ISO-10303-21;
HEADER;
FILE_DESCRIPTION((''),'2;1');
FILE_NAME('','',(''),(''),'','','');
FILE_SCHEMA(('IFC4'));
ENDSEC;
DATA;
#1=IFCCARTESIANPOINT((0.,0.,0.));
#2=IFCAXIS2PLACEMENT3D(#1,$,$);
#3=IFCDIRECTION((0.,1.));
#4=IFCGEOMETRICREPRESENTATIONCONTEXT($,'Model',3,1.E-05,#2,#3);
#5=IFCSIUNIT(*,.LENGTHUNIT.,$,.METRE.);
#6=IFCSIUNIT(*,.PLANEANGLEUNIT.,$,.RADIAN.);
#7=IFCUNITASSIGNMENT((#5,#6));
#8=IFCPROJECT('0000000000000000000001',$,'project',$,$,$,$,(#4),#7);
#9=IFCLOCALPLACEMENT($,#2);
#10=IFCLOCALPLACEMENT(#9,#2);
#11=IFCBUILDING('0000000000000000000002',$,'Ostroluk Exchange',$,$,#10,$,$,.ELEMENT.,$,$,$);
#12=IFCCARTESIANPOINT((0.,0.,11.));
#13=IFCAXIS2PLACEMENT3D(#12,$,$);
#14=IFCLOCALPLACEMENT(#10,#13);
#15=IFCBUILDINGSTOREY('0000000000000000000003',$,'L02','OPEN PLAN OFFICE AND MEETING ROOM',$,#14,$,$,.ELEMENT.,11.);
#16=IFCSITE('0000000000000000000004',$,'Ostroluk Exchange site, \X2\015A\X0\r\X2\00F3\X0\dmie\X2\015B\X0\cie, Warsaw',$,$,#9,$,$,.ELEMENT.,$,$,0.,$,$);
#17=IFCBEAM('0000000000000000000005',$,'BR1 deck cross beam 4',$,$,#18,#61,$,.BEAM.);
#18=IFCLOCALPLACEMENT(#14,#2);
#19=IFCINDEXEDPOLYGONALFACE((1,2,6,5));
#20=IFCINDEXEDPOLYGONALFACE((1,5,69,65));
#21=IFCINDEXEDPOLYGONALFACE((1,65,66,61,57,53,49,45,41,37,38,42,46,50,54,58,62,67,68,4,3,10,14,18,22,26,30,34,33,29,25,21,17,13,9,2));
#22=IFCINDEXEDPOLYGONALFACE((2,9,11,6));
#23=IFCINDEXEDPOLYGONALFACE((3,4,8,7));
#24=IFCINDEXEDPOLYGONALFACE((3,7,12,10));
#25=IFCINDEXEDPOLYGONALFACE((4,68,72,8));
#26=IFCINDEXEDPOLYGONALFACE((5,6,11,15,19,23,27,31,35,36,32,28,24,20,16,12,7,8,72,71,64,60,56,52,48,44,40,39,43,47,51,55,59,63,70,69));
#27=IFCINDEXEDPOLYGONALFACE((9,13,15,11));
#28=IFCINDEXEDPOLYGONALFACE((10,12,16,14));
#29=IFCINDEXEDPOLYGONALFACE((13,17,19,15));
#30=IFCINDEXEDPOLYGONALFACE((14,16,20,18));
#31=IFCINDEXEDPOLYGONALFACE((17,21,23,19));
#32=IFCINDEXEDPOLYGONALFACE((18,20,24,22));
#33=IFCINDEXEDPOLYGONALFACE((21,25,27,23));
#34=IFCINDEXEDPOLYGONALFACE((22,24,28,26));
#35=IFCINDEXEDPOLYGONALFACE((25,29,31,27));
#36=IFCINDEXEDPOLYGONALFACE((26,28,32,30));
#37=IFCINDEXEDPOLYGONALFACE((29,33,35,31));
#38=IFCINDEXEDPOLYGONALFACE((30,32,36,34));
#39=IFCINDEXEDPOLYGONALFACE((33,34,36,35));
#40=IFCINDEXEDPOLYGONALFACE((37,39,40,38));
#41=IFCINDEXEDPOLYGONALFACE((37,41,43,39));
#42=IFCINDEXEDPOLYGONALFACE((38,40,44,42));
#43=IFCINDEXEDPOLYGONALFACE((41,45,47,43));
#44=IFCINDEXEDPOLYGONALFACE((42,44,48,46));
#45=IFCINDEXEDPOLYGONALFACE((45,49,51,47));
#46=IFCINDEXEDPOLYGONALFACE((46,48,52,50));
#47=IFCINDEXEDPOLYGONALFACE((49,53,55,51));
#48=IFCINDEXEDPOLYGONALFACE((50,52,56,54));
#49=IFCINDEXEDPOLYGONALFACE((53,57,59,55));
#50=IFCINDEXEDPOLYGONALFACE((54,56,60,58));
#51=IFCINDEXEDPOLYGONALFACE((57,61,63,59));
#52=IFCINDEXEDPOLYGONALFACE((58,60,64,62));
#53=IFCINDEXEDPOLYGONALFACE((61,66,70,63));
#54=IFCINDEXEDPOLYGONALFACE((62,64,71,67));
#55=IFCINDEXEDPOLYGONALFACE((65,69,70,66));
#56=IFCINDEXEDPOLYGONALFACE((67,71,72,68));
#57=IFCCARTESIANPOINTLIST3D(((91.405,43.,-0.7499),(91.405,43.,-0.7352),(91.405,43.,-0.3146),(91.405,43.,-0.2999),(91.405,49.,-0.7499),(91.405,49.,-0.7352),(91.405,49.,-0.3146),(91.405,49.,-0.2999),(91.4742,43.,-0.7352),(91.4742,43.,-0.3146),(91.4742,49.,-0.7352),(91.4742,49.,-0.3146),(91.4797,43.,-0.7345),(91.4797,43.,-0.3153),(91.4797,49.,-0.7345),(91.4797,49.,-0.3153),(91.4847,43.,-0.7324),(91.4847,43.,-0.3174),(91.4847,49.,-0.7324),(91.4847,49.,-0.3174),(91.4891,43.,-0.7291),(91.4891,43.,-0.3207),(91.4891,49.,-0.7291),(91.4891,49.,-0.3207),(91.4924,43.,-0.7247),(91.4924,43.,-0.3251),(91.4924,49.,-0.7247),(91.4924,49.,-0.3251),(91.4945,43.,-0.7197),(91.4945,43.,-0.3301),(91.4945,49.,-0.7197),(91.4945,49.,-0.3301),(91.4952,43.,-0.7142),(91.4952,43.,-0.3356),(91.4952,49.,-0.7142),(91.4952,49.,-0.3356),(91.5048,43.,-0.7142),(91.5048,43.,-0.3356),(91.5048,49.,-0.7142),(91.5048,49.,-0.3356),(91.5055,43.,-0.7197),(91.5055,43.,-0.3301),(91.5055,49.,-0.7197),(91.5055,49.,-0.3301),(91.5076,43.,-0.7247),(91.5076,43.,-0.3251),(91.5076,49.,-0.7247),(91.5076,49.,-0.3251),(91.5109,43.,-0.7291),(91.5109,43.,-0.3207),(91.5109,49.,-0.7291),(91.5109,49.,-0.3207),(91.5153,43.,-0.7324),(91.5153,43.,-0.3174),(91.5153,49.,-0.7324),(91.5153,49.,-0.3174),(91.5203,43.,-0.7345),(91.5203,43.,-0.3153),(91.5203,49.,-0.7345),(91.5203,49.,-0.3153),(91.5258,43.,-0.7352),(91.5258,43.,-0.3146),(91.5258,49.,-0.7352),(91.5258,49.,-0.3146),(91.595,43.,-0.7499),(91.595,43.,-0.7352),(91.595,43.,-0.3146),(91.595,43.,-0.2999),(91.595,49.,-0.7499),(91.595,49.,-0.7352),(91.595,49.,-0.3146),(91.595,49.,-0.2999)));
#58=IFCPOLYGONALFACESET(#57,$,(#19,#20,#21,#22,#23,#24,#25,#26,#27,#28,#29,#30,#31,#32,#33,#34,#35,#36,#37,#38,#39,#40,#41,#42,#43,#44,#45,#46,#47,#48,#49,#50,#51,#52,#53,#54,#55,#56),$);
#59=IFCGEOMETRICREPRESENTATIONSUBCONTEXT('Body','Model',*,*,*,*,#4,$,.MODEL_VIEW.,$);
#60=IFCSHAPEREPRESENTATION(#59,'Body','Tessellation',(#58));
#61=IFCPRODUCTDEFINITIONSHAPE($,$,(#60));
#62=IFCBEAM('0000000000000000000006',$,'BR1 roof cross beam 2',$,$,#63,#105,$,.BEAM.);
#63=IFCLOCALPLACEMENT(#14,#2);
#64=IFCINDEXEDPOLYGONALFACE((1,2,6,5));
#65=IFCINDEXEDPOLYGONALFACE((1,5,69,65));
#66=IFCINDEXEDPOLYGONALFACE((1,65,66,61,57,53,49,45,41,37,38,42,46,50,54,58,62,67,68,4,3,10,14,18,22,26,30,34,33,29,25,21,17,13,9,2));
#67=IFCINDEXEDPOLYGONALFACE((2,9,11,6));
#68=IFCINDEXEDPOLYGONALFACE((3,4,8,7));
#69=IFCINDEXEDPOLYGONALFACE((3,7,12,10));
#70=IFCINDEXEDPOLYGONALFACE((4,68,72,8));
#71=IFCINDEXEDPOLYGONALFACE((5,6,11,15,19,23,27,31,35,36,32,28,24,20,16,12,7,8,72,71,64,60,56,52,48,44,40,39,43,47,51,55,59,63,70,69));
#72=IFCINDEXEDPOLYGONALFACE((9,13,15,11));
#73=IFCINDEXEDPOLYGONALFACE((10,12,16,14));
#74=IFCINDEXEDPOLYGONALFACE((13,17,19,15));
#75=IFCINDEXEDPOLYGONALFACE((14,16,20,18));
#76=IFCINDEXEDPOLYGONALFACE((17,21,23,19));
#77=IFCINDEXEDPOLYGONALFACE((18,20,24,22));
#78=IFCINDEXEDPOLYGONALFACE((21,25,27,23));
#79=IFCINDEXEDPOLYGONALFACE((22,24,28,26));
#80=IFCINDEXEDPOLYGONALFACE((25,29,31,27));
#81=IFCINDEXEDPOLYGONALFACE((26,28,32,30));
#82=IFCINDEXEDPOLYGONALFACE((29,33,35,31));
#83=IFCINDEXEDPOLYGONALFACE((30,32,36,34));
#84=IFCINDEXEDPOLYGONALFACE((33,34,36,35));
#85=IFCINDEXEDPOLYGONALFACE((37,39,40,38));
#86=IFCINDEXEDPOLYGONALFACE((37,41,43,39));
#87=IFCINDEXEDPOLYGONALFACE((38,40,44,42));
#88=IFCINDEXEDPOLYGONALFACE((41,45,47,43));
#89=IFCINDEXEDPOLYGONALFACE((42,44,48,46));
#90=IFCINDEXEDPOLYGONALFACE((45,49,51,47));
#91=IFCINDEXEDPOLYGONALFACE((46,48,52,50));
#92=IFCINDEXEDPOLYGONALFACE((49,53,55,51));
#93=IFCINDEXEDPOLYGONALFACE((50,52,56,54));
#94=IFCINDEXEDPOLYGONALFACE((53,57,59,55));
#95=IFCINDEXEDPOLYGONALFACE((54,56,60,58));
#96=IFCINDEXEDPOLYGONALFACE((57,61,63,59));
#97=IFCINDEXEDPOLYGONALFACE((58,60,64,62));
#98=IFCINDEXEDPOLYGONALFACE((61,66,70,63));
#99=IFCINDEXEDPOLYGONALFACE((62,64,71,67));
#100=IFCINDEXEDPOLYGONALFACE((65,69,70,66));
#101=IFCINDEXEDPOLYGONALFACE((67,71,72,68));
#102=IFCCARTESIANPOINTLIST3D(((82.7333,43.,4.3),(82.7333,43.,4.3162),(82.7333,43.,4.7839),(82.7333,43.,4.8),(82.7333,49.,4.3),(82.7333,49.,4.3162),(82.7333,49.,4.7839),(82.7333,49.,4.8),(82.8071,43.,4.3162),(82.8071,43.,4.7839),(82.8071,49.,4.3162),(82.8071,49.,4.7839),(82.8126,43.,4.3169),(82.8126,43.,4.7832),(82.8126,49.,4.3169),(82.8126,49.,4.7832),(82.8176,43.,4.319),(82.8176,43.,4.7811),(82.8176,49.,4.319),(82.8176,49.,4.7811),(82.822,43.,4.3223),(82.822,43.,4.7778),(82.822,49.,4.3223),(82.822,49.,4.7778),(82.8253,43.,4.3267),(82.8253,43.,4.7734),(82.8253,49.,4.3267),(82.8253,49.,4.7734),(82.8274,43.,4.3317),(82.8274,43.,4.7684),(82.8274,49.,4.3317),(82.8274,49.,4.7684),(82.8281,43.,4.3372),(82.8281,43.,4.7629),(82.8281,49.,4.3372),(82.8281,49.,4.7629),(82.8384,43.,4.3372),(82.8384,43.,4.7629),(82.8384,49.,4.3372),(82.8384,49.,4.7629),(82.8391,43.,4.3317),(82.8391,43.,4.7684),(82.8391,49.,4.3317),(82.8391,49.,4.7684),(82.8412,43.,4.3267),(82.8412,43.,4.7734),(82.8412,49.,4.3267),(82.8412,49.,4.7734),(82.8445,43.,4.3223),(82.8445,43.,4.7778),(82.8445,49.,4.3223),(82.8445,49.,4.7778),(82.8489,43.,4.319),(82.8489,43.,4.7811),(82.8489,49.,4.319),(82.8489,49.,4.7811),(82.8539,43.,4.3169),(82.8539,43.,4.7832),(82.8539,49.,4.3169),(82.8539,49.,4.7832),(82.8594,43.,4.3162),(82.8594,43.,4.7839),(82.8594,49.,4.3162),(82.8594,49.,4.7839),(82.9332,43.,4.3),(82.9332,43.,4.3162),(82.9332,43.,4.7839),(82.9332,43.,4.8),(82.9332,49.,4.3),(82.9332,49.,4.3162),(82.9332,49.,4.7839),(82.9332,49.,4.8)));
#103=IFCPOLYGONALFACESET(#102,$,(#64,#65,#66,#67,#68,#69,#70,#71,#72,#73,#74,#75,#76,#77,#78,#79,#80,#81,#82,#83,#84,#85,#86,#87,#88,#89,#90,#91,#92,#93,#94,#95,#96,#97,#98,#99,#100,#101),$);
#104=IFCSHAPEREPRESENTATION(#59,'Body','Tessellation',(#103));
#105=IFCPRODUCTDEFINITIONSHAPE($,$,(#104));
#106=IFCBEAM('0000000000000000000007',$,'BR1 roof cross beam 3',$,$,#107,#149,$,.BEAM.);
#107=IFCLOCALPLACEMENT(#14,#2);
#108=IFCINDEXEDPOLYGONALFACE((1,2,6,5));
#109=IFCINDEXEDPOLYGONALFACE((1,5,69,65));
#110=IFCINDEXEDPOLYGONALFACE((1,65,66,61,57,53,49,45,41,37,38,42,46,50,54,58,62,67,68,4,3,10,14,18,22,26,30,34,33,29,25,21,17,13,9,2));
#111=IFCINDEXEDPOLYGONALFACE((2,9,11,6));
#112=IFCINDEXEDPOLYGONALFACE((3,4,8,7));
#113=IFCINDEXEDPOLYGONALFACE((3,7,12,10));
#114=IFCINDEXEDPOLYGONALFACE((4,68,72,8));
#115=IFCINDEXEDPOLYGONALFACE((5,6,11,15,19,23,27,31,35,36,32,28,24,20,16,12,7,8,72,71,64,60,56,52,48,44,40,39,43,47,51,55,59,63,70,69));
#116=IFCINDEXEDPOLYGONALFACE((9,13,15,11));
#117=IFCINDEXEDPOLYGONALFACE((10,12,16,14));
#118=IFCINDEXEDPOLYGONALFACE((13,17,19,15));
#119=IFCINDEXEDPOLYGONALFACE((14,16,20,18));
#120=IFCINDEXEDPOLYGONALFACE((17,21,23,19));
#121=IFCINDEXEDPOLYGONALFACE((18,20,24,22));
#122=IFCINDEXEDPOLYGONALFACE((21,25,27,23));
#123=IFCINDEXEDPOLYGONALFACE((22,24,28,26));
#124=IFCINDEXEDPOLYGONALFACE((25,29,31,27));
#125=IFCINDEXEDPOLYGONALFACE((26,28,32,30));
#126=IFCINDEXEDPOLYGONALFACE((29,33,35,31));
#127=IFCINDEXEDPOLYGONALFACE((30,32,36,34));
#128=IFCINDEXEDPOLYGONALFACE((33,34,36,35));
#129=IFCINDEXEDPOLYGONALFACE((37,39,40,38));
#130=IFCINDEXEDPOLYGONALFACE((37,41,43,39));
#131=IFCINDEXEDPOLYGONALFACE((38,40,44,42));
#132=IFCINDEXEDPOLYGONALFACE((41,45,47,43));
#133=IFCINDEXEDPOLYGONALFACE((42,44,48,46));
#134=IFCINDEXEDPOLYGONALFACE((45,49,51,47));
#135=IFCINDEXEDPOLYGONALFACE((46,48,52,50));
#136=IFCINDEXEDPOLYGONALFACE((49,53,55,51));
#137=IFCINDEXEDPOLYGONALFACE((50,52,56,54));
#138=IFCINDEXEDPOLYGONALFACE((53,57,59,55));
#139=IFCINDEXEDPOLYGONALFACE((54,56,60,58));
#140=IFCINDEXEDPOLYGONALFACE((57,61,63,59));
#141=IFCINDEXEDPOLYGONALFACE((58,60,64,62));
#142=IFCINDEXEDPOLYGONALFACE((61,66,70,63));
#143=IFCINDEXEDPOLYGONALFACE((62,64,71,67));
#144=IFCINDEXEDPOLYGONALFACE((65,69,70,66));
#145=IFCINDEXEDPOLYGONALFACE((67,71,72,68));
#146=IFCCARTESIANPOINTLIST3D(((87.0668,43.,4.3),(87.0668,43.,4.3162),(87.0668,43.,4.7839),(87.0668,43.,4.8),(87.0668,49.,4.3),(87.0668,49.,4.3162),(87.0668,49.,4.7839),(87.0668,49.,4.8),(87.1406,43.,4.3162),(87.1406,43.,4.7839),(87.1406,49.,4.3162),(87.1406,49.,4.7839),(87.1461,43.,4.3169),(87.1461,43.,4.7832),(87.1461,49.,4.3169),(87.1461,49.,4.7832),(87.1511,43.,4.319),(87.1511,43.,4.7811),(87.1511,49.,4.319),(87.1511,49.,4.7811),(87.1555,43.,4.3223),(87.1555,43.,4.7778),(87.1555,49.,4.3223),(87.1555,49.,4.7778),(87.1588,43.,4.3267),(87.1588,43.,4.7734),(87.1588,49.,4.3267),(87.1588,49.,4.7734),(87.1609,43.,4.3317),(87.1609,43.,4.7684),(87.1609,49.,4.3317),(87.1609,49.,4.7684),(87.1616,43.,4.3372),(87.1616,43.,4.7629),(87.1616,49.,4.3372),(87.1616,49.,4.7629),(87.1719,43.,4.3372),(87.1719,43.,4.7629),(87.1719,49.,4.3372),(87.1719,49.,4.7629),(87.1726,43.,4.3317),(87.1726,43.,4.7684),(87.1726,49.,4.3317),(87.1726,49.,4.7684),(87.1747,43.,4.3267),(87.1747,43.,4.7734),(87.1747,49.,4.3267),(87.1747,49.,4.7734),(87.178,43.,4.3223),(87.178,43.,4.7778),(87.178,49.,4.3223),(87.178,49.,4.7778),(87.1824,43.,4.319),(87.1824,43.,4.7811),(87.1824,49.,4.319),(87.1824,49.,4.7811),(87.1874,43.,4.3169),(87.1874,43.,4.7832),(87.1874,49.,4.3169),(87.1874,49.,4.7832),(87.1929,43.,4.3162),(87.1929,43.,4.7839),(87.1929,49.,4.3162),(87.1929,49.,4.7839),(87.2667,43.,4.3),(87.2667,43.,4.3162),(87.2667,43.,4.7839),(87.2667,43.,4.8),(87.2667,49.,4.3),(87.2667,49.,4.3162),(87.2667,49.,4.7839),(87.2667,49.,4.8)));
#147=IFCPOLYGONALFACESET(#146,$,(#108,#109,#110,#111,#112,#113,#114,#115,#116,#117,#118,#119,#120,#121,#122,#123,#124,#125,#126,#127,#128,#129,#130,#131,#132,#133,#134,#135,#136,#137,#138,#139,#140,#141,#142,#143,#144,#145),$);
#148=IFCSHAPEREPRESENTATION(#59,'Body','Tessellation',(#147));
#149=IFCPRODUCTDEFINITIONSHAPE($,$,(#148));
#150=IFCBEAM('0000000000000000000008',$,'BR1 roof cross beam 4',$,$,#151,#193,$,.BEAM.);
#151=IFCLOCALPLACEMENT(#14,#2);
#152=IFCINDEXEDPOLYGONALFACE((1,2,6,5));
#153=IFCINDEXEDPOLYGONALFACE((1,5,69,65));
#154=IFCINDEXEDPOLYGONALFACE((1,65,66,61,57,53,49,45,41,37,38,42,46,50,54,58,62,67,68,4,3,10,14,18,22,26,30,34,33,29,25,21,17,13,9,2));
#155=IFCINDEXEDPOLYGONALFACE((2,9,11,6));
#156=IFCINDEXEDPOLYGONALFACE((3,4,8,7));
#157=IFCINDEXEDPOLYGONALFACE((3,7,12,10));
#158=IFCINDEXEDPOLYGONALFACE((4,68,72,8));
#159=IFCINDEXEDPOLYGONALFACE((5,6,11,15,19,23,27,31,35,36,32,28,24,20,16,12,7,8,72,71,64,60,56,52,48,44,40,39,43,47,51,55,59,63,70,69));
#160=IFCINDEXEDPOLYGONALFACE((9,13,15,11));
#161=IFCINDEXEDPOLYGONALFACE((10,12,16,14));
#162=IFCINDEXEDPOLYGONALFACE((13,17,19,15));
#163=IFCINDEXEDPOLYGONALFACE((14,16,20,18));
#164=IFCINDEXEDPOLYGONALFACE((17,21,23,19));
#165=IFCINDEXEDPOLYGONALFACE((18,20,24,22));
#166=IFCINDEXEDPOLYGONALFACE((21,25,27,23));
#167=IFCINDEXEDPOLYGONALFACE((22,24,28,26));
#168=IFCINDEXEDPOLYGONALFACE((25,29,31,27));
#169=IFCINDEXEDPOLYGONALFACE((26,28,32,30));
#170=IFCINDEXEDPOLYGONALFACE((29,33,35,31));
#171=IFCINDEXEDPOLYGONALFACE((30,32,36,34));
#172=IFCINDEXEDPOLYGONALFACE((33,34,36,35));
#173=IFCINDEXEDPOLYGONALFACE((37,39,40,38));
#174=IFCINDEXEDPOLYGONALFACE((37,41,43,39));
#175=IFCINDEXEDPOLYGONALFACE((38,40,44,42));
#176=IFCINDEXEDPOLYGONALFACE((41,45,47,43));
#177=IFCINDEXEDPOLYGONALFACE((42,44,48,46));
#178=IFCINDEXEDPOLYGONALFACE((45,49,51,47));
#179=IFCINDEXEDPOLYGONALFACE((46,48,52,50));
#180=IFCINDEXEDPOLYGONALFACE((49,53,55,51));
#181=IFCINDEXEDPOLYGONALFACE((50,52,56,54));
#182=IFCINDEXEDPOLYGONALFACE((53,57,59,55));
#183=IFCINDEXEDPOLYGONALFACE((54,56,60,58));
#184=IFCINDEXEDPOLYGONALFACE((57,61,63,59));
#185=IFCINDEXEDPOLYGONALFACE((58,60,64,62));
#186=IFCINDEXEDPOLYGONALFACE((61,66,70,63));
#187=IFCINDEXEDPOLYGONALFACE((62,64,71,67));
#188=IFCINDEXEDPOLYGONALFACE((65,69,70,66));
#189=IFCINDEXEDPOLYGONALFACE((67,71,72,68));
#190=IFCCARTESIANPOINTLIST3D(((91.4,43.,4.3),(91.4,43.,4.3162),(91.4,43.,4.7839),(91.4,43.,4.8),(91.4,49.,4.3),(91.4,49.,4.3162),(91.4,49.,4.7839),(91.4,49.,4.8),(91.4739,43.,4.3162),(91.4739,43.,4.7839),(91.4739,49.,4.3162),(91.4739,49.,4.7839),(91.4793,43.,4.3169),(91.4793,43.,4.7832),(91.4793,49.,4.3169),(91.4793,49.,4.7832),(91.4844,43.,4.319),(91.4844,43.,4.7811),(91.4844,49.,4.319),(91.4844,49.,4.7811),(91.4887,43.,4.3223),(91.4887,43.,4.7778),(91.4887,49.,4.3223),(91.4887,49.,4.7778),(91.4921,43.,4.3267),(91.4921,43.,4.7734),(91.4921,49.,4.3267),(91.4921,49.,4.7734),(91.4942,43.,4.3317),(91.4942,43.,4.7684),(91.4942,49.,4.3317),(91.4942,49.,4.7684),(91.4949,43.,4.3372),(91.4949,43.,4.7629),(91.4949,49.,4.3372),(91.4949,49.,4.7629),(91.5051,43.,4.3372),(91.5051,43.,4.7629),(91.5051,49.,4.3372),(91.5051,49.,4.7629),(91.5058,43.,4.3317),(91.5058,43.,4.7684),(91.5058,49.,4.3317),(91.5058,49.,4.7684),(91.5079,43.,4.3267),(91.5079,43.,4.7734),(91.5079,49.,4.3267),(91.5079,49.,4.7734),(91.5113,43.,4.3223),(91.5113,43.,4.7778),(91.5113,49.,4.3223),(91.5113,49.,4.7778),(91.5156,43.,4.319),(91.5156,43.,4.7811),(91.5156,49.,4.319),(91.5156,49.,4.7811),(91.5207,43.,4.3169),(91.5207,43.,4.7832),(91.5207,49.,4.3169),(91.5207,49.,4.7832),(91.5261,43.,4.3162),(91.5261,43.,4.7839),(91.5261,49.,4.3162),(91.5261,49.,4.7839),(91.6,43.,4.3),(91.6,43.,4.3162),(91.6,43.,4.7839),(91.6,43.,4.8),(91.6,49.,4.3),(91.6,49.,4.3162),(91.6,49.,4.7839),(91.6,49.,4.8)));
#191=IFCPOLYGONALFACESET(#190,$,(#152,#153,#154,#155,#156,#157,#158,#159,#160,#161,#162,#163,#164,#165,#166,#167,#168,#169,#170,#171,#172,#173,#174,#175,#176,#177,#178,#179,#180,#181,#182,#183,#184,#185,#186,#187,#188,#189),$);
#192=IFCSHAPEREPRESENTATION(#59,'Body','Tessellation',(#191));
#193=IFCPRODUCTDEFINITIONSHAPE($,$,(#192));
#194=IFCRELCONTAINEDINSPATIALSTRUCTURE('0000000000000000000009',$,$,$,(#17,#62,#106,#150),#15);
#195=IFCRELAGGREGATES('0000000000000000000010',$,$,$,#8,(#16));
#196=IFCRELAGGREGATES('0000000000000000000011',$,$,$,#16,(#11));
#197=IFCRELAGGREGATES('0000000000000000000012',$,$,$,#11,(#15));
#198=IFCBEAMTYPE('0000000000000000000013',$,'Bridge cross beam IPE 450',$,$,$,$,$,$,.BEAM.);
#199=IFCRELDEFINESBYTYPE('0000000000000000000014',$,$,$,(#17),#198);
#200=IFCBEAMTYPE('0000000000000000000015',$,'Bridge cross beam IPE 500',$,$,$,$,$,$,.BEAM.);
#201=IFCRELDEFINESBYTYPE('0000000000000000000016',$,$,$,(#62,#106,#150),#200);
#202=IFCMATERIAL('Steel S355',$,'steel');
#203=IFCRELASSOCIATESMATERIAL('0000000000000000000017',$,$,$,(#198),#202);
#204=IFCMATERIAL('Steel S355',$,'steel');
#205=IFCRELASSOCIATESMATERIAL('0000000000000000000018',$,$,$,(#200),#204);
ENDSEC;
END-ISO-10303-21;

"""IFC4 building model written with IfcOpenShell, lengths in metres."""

from ifc_helpers import new_model, si_unit, direction, frame, origin, origin_2d, place, context, subcontext, project, spatial, i_section, extrude, material, material_profile, profile_set, type_object, element, save


model = new_model("IFC4")

# Units and contexts
model_context = context("Model", 3, precision=1e-05, world=origin(), true_north=direction((0.0, 1.0)))
body_context = subcontext(model_context, "Body", "Model", "MODEL_VIEW")
ifc_project = project(units=[si_unit("LENGTHUNIT", "METRE"), si_unit("PLANEANGLEUNIT", "RADIAN")], contexts=[model_context])

# Site, building, storey
site_placement = place(None, origin())
site = spatial("IfcSite", under=ifc_project, at=site_placement, Name="Ostroluk Exchange site, Śródmieście, Warsaw", CompositionType="ELEMENT", RefElevation=0.0)
building_placement = place(site_placement, origin())
building = spatial("IfcBuilding", under=site, at=building_placement, Name="Ostroluk Exchange", CompositionType="ELEMENT")
storey_placement = place(building_placement, frame((0.0, 0.0, 11.0)))
storey = spatial("IfcBuildingStorey", under=building, at=storey_placement, Name="L02", Description="OPEN PLAN OFFICE AND MEETING ROOM", CompositionType="ELEMENT", Elevation=11.0)

# Beams
ifc_material_1 = material(Name="Steel S355", Category="steel")
ifc_material_profile_1 = material_profile(ifc_material_1, i_section(OverallWidth=0.1899, OverallDepth=0.45, WebThickness=0.0095, FlangeThickness=0.0146, FilletRadius=0.021, at=origin_2d()), Name="IPE 450")
ifc_profile_set_1 = profile_set([ifc_material_profile_1], Name="Steel S355")
beam_type_1 = type_object("IfcBeamType", Name="Bridge cross beam IPE 450", PredefinedType="BEAM", material=ifc_profile_set_1)
for number, where, z_axis, x_axis, name in (
    (1, (91.5, 43.0, -0.5249), (0.0, 1.0, 0.0), (-1.0, 0.0, 0.0), "BR1 deck cross beam 4"),
):
    element("IfcBeam", number, at=place(storey_placement, frame(where, z_axis=z_axis, x_axis=x_axis)), inside=storey, type_object=beam_type_1, Name=name, PredefinedType="BEAM", context=body_context, shape_type="SweptSolid", body=[
        extrude(i_section(OverallWidth=0.1899, OverallDepth=0.45, WebThickness=0.0095, FlangeThickness=0.0146, FilletRadius=0.021, at=origin_2d()), origin(), (0.0, 0.0, 1.0), 6.0),
    ])
ifc_material_2 = material(Name="Steel S355", Category="steel")
ifc_material_profile_2 = material_profile(ifc_material_2, i_section(OverallWidth=0.2, OverallDepth=0.5, WebThickness=0.0103, FlangeThickness=0.0161, FilletRadius=0.021, at=origin_2d()), Name="IPE 500")
ifc_profile_set_2 = profile_set([ifc_material_profile_2], Name="Steel S355")
beam_type_2 = type_object("IfcBeamType", Name="Bridge cross beam IPE 500", PredefinedType="BEAM", material=ifc_profile_set_2)
for number, where, z_axis, x_axis, name in (
    (2, (82.8333, 43.0, 4.55), (0.0, 1.0, 0.0), (-1.0, 0.0, 0.0), "BR1 roof cross beam 2"),
    (3, (87.1667, 43.0, 4.55), (0.0, 1.0, 0.0), (-1.0, 0.0, 0.0), "BR1 roof cross beam 3"),
    (4, (91.5, 43.0, 4.55), (0.0, 1.0, 0.0), (-1.0, 0.0, 0.0), "BR1 roof cross beam 4"),
):
    element("IfcBeam", number, at=place(storey_placement, frame(where, z_axis=z_axis, x_axis=x_axis)), inside=storey, type_object=beam_type_2, Name=name, PredefinedType="BEAM", context=body_context, shape_type="SweptSolid", body=[
        extrude(i_section(OverallWidth=0.2, OverallDepth=0.5, WebThickness=0.0103, FlangeThickness=0.0161, FilletRadius=0.021, at=origin_2d()), origin(), (0.0, 0.0, 1.0), 6.0),
    ])

save(model, "model.ifc")
